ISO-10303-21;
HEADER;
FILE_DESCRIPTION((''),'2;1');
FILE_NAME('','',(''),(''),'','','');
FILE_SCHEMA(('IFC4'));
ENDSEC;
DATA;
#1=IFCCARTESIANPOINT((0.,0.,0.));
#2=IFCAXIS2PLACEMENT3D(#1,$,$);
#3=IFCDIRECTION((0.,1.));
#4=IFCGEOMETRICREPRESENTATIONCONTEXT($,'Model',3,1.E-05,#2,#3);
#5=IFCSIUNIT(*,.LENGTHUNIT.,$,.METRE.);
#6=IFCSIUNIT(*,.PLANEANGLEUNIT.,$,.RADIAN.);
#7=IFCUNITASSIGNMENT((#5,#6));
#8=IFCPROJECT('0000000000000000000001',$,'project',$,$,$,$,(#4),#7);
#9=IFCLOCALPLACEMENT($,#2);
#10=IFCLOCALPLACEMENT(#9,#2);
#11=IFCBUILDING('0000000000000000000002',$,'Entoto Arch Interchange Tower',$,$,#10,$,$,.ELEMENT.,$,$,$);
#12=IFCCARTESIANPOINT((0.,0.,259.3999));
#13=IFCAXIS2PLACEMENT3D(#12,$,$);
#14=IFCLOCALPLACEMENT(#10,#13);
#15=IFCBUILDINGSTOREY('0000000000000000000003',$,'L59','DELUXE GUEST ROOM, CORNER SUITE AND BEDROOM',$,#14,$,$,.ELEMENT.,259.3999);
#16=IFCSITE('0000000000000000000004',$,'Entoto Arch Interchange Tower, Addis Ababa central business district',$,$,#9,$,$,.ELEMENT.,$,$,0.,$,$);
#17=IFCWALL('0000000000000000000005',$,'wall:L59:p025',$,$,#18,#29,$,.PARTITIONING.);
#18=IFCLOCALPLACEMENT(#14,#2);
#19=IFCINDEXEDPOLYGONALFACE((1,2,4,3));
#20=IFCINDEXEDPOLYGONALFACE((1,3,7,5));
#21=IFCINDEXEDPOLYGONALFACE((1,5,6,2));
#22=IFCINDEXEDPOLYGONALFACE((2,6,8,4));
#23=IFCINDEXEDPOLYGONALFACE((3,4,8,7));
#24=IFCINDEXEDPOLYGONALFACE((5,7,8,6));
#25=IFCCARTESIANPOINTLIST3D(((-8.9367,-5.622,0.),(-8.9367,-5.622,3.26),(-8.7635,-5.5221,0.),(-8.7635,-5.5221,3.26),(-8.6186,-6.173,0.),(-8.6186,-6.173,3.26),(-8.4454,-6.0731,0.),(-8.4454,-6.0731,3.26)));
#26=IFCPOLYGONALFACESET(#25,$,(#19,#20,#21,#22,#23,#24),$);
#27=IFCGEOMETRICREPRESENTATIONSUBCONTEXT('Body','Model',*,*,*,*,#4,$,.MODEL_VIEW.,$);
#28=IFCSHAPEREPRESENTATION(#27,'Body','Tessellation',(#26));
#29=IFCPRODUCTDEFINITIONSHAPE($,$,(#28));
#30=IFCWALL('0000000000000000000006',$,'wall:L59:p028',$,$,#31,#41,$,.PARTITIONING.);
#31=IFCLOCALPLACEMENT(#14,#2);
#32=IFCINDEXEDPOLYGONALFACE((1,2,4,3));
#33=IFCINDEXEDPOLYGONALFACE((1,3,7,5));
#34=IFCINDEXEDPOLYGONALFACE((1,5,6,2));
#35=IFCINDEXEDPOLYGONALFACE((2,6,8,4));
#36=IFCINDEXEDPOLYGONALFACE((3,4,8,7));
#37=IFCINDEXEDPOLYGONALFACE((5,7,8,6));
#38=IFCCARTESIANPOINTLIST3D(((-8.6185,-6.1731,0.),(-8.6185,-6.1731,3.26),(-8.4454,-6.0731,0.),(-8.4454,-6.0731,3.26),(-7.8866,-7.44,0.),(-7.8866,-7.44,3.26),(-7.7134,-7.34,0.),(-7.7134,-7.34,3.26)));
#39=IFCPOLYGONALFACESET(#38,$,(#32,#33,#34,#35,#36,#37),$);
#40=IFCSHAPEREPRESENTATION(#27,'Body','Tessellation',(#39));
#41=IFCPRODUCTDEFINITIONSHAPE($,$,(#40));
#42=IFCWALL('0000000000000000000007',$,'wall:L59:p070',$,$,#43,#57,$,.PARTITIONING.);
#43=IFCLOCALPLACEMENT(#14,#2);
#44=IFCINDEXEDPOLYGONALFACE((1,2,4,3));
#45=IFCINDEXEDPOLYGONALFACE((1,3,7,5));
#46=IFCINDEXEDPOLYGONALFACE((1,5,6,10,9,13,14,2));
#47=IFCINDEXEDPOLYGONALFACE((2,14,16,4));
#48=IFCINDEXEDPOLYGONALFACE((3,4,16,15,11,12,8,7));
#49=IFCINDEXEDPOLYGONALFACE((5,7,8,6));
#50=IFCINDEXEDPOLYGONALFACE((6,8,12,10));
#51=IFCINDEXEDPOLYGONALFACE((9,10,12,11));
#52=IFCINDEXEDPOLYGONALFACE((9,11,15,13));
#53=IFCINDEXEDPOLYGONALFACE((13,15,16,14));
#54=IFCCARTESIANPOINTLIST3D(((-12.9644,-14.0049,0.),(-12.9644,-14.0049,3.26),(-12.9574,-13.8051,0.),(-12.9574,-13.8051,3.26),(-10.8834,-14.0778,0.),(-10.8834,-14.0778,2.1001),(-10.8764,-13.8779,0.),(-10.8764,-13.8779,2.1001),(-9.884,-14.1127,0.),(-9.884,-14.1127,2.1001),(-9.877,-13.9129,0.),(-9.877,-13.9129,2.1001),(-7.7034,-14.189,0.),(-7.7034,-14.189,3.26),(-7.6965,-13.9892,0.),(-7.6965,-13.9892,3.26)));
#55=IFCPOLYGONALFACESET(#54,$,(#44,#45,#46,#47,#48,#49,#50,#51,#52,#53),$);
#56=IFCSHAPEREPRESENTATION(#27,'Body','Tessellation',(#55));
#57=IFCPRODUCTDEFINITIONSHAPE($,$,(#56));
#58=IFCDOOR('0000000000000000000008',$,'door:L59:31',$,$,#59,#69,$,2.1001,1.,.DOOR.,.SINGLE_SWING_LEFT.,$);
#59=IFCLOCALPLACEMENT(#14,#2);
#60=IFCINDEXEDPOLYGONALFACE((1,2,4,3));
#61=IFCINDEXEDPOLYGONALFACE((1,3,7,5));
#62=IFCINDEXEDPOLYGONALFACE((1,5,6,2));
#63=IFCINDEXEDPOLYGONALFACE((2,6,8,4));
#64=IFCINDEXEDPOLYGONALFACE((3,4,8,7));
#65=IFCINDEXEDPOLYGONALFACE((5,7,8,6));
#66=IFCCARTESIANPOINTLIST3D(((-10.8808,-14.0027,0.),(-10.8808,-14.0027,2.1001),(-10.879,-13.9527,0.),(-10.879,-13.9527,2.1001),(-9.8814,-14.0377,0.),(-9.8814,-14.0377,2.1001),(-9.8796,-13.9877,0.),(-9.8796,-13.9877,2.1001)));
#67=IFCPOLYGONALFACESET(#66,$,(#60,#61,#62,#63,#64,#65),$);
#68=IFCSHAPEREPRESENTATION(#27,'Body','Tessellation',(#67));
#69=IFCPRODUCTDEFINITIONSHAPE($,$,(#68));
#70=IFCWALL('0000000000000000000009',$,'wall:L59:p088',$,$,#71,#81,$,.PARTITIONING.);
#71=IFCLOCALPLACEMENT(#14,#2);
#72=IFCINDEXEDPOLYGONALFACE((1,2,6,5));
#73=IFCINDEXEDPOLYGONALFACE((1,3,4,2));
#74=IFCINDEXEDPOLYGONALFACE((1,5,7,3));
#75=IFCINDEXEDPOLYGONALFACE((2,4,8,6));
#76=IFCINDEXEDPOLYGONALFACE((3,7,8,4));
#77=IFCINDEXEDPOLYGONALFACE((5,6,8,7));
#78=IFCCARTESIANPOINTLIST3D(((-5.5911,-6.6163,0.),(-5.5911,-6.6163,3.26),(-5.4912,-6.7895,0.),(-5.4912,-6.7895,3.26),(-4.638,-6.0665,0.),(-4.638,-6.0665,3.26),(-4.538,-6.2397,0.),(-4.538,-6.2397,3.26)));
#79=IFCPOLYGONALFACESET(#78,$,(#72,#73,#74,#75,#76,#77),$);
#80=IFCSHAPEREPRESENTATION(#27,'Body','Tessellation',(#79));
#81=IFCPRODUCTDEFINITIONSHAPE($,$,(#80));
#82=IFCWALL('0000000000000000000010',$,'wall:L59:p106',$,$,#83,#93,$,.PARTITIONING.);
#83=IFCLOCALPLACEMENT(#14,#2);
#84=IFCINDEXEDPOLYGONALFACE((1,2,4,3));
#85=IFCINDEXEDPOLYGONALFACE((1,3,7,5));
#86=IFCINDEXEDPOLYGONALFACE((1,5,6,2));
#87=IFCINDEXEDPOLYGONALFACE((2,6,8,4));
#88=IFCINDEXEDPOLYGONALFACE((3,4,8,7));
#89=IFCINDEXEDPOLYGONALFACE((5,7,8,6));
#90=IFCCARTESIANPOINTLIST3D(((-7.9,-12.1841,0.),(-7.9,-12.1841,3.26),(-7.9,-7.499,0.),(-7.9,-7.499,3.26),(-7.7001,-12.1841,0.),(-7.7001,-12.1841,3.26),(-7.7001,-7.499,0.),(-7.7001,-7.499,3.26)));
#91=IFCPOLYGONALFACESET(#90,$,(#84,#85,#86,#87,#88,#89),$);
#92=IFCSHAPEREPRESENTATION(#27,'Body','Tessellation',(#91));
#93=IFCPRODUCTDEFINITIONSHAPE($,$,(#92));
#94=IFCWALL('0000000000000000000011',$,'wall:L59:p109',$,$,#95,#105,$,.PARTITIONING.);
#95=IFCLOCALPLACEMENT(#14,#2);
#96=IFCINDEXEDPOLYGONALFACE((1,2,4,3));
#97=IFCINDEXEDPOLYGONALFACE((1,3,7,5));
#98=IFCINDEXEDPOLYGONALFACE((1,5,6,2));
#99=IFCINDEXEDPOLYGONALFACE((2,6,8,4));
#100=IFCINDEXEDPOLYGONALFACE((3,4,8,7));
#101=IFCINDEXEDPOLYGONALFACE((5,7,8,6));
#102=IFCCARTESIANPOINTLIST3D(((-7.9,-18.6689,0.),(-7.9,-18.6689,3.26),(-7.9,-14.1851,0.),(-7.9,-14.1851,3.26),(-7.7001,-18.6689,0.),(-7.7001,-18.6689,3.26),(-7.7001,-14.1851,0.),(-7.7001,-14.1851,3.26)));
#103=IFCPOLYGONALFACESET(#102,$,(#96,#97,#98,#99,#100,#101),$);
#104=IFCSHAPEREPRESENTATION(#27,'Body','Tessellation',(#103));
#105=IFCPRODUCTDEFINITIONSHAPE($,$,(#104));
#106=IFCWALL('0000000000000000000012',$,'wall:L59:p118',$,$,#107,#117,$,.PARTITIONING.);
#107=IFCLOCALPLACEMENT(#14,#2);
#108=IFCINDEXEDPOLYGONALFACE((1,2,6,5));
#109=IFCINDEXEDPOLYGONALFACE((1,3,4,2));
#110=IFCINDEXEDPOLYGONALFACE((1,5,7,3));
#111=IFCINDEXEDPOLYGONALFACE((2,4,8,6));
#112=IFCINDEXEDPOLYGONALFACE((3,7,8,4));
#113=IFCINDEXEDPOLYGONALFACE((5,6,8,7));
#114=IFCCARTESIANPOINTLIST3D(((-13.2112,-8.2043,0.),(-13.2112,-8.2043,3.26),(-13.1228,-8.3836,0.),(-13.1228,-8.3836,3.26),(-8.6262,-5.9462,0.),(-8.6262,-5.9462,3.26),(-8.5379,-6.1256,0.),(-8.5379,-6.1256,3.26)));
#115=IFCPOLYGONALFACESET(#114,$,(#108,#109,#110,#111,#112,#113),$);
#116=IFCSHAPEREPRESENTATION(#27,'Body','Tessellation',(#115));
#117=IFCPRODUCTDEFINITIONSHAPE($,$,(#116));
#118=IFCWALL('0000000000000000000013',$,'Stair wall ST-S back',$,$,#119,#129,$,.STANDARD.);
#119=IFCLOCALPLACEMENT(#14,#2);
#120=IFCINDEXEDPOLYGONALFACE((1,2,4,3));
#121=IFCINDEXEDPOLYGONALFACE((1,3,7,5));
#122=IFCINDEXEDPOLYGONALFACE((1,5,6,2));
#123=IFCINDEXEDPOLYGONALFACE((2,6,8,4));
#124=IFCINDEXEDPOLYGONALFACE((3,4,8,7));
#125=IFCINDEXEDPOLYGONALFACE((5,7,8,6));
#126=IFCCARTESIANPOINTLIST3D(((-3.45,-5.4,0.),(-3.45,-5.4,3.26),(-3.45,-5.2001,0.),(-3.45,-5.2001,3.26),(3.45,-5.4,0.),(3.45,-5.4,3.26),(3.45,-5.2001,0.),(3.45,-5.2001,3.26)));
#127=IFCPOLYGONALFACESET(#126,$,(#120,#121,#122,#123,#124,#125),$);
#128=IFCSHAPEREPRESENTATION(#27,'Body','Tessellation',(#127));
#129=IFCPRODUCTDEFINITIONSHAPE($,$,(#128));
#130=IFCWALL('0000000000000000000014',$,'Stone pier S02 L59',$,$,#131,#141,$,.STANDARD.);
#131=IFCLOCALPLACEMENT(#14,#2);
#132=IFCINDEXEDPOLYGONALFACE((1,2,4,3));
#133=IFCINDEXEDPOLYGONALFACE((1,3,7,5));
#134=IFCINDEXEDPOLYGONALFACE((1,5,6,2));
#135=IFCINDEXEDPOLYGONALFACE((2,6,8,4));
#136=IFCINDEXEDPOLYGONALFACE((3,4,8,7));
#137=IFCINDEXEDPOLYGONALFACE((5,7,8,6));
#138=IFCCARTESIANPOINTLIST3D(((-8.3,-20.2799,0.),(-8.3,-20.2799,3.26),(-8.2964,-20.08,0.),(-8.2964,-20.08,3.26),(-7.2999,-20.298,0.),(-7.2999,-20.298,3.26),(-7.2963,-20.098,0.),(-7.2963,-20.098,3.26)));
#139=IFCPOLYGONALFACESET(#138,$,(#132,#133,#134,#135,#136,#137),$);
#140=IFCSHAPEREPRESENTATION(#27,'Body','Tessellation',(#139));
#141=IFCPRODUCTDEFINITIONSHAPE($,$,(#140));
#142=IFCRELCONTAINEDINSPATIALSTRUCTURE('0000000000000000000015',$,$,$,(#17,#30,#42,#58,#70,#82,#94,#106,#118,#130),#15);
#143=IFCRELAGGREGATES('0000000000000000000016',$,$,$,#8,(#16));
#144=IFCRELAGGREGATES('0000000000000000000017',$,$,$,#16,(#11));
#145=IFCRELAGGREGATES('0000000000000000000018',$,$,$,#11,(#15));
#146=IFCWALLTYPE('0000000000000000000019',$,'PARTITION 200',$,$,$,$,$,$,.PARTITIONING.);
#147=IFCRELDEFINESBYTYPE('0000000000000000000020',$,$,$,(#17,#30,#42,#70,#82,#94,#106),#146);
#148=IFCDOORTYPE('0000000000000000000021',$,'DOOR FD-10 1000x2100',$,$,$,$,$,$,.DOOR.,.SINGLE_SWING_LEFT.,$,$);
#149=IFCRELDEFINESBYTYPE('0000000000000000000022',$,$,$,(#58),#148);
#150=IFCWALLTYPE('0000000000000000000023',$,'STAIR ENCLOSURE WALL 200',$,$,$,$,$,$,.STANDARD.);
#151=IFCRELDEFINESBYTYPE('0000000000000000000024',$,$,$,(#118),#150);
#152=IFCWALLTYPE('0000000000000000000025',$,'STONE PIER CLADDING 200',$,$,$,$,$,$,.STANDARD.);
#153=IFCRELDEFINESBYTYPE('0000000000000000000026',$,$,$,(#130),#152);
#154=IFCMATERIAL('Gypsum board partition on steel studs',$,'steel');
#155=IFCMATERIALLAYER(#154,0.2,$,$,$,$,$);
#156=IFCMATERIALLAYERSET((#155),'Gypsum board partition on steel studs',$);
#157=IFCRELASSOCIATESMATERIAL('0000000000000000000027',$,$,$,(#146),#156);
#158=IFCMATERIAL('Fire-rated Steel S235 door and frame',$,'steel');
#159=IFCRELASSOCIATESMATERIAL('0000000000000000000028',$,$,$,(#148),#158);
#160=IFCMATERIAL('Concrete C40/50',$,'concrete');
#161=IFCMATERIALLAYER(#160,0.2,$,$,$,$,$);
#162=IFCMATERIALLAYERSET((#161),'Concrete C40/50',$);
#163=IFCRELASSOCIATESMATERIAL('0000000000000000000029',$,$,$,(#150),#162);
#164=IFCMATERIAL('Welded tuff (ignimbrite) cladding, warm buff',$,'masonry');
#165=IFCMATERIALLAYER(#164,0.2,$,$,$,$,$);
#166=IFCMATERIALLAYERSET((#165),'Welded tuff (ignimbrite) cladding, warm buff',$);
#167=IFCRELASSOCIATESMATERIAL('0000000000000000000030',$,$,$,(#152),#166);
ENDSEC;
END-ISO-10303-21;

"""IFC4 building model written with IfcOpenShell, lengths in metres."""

from ifc_helpers import new_model, si_unit, direction, frame, frame_2d, origin, place, context, subcontext, project, spatial, rectangle, extrude, material, layer, layer_set, type_object, element, fill, save


model = new_model("IFC4")

# Units and contexts
model_context = context("Model", 3, precision=1e-05, world=origin(), true_north=direction((0.0, 1.0)))
body_context = subcontext(model_context, "Body", "Model", "MODEL_VIEW")
ifc_project = project(units=[si_unit("LENGTHUNIT", "METRE"), si_unit("PLANEANGLEUNIT", "RADIAN")], contexts=[model_context])

# Site, building, storey
site_placement = place(None, origin())
site = spatial("IfcSite", under=ifc_project, at=site_placement, Name="Entoto Arch Interchange Tower, Addis Ababa central business district", CompositionType="ELEMENT", RefElevation=0.0)
building_placement = place(site_placement, origin())
building = spatial("IfcBuilding", under=site, at=building_placement, Name="Entoto Arch Interchange Tower", CompositionType="ELEMENT")
storey_placement = place(building_placement, frame((0.0, 0.0, 259.3999)))
storey = spatial("IfcBuildingStorey", under=building, at=storey_placement, Name="L59", Description="DELUXE GUEST ROOM, CORNER SUITE AND BEDROOM", CompositionType="ELEMENT", Elevation=259.3999)

# Shared definitions
ifc_material_1 = material(Name="Concrete C40/50", Category="concrete")

# Walls
ifc_material_2 = material(Name="Gypsum board partition on steel studs", Category="steel")
ifc_layer_1 = layer(ifc_material_2, 0.2)
ifc_layer_set_1 = layer_set([ifc_layer_1], Name="Gypsum board partition on steel studs")
wall_type_1 = type_object("IfcWallType", Name="PARTITION 200", PredefinedType="PARTITIONING", material=ifc_layer_set_1)
wall_1_placement = place(storey_placement, frame((-8.532, -6.123, 0.0), z_axis=(0.0, 0.0, 1.0), x_axis=(-0.499977, 0.866039, 0.0)))
element("IfcWall", 1, at=wall_1_placement, inside=storey, type_object=wall_type_1, Name="wall:L59:p025", PredefinedType="PARTITIONING", context=body_context, shape_type="SweptSolid", body=[
    extrude(rectangle(XDim=0.6362, YDim=0.2, at=frame_2d((0.3181, 0.0))), origin(), (0.0, 0.0, 1.0), 3.26),
])
wall_2_placement = place(storey_placement, frame((-7.8, -7.3899, 0.0), z_axis=(0.0, 0.0, 1.0), x_axis=(-0.500266, 0.865871, 0.0)))
element("IfcWall", 2, at=wall_2_placement, inside=storey, type_object=wall_type_1, Name="wall:L59:p028", PredefinedType="PARTITIONING", context=body_context, shape_type="SweptSolid", body=[
    extrude(rectangle(XDim=1.4631, YDim=0.2, at=frame_2d((0.7314, 0.0))), origin(), (0.0, 0.0, 1.0), 3.26),
])

# Wall, opening, door
wall_3_placement = place(storey_placement, frame((-7.7, -14.0891, 0.0), z_axis=(0.0, 0.0, 1.0), x_axis=(-0.999388, 0.034969, 0.0)))
wall_3 = element("IfcWall", 3, at=wall_3_placement, inside=storey, type_object=wall_type_1, Name="wall:L59:p070", PredefinedType="PARTITIONING", context=body_context, shape_type="SweptSolid", body=[
    extrude(rectangle(XDim=5.2642, YDim=0.2, at=frame_2d((2.6321, 0.0))), origin(), (0.0, 0.0, 1.0), 3.26),
])
opening_placement = place(wall_3_placement, frame((2.1819, 0.0, 0.0)))
opening = element("IfcOpeningElement", 4, at=opening_placement, cuts=wall_3, PredefinedType="OPENING", context=body_context, shape_type="SweptSolid", body=[
    extrude(rectangle(XDim=1.0, YDim=2.1001, at=frame_2d((0.5, 1.05))), frame((0.0, 0.1099, 0.0), z_axis=(0.0, -1.0, 0.0), x_axis=(1.0, 0.0, 0.0)), (0.0, 0.0, 1.0), 0.22),
])
ifc_material_3 = material(Name="Fire-rated Steel S235 door and frame", Category="steel")
door_type = type_object("IfcDoorType", Name="DOOR FD-10 1000x2100", OperationType="SINGLE_SWING_LEFT", PredefinedType="DOOR", material=ifc_material_3)
door_placement = place(opening_placement, origin())
door = element("IfcDoor", 5, at=door_placement, inside=storey, type_object=door_type, Name="door:L59:31", OperationType="SINGLE_SWING_LEFT", OverallHeight=2.1001, OverallWidth=1.0, PredefinedType="DOOR", context=body_context, shape_type="SweptSolid", body=[
    extrude(rectangle(XDim=1.0, YDim=2.1001, at=frame_2d((0.5, 1.05))), frame((0.0, 0.0249, 0.0), z_axis=(0.0, -1.0, 0.0), x_axis=(1.0, 0.0, 0.0)), (0.0, 0.0, 1.0), 0.05),
])
fill(opening, door)

# Walls
wall_4_placement = place(storey_placement, frame((-4.5879, -6.1531, 0.0), z_axis=(0.0, 0.0, 1.0), x_axis=(-0.866215, -0.499671, 0.0)))
element("IfcWall", 6, at=wall_4_placement, inside=storey, type_object=wall_type_1, Name="wall:L59:p088", PredefinedType="PARTITIONING", context=body_context, shape_type="SweptSolid", body=[
    extrude(rectangle(XDim=1.1003, YDim=0.2, at=frame_2d((0.5503, 0.0))), origin(), (0.0, 0.0, 1.0), 3.26),
])
wall_5_placement = place(storey_placement, frame((-7.8, -12.1841, 0.0), z_axis=(0.0, 0.0, 1.0), x_axis=(0.0, 1.0, 0.0)))
element("IfcWall", 7, at=wall_5_placement, inside=storey, type_object=wall_type_1, Name="wall:L59:p106", PredefinedType="PARTITIONING", context=body_context, shape_type="SweptSolid", body=[
    extrude(rectangle(XDim=4.6851, YDim=0.2, at=frame_2d((2.3425, 0.0))), origin(), (0.0, 0.0, 1.0), 3.26),
])
wall_6_placement = place(storey_placement, frame((-7.8, -18.6689, 0.0), z_axis=(0.0, 0.0, 1.0), x_axis=(0.0, 1.0, 0.0)))
element("IfcWall", 8, at=wall_6_placement, inside=storey, type_object=wall_type_1, Name="wall:L59:p109", PredefinedType="PARTITIONING", context=body_context, shape_type="SweptSolid", body=[
    extrude(rectangle(XDim=4.4839, YDim=0.2, at=frame_2d((2.2419, 0.0))), origin(), (0.0, 0.0, 1.0), 3.26),
])
wall_7_placement = place(storey_placement, frame((-8.582, -6.0359, 0.0), z_axis=(0.0, 0.0, 1.0), x_axis=(-0.897105, -0.441817, 0.0)))
element("IfcWall", 9, at=wall_7_placement, inside=storey, type_object=wall_type_1, Name="wall:L59:p118", PredefinedType="PARTITIONING", context=body_context, shape_type="SweptSolid", body=[
    extrude(rectangle(XDim=5.1108, YDim=0.2, at=frame_2d((2.5554, 0.0))), origin(), (0.0, 0.0, 1.0), 3.26),
])
ifc_layer_2 = layer(ifc_material_1, 0.2)
ifc_layer_set_2 = layer_set([ifc_layer_2], Name="Concrete C40/50")
wall_type_2 = type_object("IfcWallType", Name="STAIR ENCLOSURE WALL 200", PredefinedType="STANDARD", material=ifc_layer_set_2)
wall_8_placement = place(storey_placement, frame((-3.45, -5.3, 0.0), z_axis=(0.0, 0.0, 1.0), x_axis=(1.0, 0.0, 0.0)))
element("IfcWall", 10, at=wall_8_placement, inside=storey, type_object=wall_type_2, Name="Stair wall ST-S back", PredefinedType="STANDARD", context=body_context, shape_type="SweptSolid", body=[
    extrude(rectangle(XDim=6.8999, YDim=0.2, at=frame_2d((3.45, 0.0))), origin(), (0.0, 0.0, 1.0), 3.26),
])
ifc_material_4 = material(Name="Welded tuff (ignimbrite) cladding, warm buff", Category="masonry")
ifc_layer_3 = layer(ifc_material_4, 0.2)
ifc_layer_set_3 = layer_set([ifc_layer_3], Name="Welded tuff (ignimbrite) cladding, warm buff")
wall_type_3 = type_object("IfcWallType", Name="STONE PIER CLADDING 200", PredefinedType="STANDARD", material=ifc_layer_set_3)
wall_9_placement = place(storey_placement, frame((-8.2981, -20.1799, 0.0), z_axis=(0.0, 0.0, 1.0), x_axis=(0.999837, -0.018063, 0.0)))
element("IfcWall", 11, at=wall_9_placement, inside=storey, type_object=wall_type_3, Name="Stone pier S02 L59", PredefinedType="STANDARD", context=body_context, shape_type="SweptSolid", body=[
    extrude(rectangle(XDim=1.0002, YDim=0.2, at=frame_2d((0.5, 0.0))), origin(), (0.0, 0.0, 1.0), 3.26),
])

save(model, "model.ifc")
